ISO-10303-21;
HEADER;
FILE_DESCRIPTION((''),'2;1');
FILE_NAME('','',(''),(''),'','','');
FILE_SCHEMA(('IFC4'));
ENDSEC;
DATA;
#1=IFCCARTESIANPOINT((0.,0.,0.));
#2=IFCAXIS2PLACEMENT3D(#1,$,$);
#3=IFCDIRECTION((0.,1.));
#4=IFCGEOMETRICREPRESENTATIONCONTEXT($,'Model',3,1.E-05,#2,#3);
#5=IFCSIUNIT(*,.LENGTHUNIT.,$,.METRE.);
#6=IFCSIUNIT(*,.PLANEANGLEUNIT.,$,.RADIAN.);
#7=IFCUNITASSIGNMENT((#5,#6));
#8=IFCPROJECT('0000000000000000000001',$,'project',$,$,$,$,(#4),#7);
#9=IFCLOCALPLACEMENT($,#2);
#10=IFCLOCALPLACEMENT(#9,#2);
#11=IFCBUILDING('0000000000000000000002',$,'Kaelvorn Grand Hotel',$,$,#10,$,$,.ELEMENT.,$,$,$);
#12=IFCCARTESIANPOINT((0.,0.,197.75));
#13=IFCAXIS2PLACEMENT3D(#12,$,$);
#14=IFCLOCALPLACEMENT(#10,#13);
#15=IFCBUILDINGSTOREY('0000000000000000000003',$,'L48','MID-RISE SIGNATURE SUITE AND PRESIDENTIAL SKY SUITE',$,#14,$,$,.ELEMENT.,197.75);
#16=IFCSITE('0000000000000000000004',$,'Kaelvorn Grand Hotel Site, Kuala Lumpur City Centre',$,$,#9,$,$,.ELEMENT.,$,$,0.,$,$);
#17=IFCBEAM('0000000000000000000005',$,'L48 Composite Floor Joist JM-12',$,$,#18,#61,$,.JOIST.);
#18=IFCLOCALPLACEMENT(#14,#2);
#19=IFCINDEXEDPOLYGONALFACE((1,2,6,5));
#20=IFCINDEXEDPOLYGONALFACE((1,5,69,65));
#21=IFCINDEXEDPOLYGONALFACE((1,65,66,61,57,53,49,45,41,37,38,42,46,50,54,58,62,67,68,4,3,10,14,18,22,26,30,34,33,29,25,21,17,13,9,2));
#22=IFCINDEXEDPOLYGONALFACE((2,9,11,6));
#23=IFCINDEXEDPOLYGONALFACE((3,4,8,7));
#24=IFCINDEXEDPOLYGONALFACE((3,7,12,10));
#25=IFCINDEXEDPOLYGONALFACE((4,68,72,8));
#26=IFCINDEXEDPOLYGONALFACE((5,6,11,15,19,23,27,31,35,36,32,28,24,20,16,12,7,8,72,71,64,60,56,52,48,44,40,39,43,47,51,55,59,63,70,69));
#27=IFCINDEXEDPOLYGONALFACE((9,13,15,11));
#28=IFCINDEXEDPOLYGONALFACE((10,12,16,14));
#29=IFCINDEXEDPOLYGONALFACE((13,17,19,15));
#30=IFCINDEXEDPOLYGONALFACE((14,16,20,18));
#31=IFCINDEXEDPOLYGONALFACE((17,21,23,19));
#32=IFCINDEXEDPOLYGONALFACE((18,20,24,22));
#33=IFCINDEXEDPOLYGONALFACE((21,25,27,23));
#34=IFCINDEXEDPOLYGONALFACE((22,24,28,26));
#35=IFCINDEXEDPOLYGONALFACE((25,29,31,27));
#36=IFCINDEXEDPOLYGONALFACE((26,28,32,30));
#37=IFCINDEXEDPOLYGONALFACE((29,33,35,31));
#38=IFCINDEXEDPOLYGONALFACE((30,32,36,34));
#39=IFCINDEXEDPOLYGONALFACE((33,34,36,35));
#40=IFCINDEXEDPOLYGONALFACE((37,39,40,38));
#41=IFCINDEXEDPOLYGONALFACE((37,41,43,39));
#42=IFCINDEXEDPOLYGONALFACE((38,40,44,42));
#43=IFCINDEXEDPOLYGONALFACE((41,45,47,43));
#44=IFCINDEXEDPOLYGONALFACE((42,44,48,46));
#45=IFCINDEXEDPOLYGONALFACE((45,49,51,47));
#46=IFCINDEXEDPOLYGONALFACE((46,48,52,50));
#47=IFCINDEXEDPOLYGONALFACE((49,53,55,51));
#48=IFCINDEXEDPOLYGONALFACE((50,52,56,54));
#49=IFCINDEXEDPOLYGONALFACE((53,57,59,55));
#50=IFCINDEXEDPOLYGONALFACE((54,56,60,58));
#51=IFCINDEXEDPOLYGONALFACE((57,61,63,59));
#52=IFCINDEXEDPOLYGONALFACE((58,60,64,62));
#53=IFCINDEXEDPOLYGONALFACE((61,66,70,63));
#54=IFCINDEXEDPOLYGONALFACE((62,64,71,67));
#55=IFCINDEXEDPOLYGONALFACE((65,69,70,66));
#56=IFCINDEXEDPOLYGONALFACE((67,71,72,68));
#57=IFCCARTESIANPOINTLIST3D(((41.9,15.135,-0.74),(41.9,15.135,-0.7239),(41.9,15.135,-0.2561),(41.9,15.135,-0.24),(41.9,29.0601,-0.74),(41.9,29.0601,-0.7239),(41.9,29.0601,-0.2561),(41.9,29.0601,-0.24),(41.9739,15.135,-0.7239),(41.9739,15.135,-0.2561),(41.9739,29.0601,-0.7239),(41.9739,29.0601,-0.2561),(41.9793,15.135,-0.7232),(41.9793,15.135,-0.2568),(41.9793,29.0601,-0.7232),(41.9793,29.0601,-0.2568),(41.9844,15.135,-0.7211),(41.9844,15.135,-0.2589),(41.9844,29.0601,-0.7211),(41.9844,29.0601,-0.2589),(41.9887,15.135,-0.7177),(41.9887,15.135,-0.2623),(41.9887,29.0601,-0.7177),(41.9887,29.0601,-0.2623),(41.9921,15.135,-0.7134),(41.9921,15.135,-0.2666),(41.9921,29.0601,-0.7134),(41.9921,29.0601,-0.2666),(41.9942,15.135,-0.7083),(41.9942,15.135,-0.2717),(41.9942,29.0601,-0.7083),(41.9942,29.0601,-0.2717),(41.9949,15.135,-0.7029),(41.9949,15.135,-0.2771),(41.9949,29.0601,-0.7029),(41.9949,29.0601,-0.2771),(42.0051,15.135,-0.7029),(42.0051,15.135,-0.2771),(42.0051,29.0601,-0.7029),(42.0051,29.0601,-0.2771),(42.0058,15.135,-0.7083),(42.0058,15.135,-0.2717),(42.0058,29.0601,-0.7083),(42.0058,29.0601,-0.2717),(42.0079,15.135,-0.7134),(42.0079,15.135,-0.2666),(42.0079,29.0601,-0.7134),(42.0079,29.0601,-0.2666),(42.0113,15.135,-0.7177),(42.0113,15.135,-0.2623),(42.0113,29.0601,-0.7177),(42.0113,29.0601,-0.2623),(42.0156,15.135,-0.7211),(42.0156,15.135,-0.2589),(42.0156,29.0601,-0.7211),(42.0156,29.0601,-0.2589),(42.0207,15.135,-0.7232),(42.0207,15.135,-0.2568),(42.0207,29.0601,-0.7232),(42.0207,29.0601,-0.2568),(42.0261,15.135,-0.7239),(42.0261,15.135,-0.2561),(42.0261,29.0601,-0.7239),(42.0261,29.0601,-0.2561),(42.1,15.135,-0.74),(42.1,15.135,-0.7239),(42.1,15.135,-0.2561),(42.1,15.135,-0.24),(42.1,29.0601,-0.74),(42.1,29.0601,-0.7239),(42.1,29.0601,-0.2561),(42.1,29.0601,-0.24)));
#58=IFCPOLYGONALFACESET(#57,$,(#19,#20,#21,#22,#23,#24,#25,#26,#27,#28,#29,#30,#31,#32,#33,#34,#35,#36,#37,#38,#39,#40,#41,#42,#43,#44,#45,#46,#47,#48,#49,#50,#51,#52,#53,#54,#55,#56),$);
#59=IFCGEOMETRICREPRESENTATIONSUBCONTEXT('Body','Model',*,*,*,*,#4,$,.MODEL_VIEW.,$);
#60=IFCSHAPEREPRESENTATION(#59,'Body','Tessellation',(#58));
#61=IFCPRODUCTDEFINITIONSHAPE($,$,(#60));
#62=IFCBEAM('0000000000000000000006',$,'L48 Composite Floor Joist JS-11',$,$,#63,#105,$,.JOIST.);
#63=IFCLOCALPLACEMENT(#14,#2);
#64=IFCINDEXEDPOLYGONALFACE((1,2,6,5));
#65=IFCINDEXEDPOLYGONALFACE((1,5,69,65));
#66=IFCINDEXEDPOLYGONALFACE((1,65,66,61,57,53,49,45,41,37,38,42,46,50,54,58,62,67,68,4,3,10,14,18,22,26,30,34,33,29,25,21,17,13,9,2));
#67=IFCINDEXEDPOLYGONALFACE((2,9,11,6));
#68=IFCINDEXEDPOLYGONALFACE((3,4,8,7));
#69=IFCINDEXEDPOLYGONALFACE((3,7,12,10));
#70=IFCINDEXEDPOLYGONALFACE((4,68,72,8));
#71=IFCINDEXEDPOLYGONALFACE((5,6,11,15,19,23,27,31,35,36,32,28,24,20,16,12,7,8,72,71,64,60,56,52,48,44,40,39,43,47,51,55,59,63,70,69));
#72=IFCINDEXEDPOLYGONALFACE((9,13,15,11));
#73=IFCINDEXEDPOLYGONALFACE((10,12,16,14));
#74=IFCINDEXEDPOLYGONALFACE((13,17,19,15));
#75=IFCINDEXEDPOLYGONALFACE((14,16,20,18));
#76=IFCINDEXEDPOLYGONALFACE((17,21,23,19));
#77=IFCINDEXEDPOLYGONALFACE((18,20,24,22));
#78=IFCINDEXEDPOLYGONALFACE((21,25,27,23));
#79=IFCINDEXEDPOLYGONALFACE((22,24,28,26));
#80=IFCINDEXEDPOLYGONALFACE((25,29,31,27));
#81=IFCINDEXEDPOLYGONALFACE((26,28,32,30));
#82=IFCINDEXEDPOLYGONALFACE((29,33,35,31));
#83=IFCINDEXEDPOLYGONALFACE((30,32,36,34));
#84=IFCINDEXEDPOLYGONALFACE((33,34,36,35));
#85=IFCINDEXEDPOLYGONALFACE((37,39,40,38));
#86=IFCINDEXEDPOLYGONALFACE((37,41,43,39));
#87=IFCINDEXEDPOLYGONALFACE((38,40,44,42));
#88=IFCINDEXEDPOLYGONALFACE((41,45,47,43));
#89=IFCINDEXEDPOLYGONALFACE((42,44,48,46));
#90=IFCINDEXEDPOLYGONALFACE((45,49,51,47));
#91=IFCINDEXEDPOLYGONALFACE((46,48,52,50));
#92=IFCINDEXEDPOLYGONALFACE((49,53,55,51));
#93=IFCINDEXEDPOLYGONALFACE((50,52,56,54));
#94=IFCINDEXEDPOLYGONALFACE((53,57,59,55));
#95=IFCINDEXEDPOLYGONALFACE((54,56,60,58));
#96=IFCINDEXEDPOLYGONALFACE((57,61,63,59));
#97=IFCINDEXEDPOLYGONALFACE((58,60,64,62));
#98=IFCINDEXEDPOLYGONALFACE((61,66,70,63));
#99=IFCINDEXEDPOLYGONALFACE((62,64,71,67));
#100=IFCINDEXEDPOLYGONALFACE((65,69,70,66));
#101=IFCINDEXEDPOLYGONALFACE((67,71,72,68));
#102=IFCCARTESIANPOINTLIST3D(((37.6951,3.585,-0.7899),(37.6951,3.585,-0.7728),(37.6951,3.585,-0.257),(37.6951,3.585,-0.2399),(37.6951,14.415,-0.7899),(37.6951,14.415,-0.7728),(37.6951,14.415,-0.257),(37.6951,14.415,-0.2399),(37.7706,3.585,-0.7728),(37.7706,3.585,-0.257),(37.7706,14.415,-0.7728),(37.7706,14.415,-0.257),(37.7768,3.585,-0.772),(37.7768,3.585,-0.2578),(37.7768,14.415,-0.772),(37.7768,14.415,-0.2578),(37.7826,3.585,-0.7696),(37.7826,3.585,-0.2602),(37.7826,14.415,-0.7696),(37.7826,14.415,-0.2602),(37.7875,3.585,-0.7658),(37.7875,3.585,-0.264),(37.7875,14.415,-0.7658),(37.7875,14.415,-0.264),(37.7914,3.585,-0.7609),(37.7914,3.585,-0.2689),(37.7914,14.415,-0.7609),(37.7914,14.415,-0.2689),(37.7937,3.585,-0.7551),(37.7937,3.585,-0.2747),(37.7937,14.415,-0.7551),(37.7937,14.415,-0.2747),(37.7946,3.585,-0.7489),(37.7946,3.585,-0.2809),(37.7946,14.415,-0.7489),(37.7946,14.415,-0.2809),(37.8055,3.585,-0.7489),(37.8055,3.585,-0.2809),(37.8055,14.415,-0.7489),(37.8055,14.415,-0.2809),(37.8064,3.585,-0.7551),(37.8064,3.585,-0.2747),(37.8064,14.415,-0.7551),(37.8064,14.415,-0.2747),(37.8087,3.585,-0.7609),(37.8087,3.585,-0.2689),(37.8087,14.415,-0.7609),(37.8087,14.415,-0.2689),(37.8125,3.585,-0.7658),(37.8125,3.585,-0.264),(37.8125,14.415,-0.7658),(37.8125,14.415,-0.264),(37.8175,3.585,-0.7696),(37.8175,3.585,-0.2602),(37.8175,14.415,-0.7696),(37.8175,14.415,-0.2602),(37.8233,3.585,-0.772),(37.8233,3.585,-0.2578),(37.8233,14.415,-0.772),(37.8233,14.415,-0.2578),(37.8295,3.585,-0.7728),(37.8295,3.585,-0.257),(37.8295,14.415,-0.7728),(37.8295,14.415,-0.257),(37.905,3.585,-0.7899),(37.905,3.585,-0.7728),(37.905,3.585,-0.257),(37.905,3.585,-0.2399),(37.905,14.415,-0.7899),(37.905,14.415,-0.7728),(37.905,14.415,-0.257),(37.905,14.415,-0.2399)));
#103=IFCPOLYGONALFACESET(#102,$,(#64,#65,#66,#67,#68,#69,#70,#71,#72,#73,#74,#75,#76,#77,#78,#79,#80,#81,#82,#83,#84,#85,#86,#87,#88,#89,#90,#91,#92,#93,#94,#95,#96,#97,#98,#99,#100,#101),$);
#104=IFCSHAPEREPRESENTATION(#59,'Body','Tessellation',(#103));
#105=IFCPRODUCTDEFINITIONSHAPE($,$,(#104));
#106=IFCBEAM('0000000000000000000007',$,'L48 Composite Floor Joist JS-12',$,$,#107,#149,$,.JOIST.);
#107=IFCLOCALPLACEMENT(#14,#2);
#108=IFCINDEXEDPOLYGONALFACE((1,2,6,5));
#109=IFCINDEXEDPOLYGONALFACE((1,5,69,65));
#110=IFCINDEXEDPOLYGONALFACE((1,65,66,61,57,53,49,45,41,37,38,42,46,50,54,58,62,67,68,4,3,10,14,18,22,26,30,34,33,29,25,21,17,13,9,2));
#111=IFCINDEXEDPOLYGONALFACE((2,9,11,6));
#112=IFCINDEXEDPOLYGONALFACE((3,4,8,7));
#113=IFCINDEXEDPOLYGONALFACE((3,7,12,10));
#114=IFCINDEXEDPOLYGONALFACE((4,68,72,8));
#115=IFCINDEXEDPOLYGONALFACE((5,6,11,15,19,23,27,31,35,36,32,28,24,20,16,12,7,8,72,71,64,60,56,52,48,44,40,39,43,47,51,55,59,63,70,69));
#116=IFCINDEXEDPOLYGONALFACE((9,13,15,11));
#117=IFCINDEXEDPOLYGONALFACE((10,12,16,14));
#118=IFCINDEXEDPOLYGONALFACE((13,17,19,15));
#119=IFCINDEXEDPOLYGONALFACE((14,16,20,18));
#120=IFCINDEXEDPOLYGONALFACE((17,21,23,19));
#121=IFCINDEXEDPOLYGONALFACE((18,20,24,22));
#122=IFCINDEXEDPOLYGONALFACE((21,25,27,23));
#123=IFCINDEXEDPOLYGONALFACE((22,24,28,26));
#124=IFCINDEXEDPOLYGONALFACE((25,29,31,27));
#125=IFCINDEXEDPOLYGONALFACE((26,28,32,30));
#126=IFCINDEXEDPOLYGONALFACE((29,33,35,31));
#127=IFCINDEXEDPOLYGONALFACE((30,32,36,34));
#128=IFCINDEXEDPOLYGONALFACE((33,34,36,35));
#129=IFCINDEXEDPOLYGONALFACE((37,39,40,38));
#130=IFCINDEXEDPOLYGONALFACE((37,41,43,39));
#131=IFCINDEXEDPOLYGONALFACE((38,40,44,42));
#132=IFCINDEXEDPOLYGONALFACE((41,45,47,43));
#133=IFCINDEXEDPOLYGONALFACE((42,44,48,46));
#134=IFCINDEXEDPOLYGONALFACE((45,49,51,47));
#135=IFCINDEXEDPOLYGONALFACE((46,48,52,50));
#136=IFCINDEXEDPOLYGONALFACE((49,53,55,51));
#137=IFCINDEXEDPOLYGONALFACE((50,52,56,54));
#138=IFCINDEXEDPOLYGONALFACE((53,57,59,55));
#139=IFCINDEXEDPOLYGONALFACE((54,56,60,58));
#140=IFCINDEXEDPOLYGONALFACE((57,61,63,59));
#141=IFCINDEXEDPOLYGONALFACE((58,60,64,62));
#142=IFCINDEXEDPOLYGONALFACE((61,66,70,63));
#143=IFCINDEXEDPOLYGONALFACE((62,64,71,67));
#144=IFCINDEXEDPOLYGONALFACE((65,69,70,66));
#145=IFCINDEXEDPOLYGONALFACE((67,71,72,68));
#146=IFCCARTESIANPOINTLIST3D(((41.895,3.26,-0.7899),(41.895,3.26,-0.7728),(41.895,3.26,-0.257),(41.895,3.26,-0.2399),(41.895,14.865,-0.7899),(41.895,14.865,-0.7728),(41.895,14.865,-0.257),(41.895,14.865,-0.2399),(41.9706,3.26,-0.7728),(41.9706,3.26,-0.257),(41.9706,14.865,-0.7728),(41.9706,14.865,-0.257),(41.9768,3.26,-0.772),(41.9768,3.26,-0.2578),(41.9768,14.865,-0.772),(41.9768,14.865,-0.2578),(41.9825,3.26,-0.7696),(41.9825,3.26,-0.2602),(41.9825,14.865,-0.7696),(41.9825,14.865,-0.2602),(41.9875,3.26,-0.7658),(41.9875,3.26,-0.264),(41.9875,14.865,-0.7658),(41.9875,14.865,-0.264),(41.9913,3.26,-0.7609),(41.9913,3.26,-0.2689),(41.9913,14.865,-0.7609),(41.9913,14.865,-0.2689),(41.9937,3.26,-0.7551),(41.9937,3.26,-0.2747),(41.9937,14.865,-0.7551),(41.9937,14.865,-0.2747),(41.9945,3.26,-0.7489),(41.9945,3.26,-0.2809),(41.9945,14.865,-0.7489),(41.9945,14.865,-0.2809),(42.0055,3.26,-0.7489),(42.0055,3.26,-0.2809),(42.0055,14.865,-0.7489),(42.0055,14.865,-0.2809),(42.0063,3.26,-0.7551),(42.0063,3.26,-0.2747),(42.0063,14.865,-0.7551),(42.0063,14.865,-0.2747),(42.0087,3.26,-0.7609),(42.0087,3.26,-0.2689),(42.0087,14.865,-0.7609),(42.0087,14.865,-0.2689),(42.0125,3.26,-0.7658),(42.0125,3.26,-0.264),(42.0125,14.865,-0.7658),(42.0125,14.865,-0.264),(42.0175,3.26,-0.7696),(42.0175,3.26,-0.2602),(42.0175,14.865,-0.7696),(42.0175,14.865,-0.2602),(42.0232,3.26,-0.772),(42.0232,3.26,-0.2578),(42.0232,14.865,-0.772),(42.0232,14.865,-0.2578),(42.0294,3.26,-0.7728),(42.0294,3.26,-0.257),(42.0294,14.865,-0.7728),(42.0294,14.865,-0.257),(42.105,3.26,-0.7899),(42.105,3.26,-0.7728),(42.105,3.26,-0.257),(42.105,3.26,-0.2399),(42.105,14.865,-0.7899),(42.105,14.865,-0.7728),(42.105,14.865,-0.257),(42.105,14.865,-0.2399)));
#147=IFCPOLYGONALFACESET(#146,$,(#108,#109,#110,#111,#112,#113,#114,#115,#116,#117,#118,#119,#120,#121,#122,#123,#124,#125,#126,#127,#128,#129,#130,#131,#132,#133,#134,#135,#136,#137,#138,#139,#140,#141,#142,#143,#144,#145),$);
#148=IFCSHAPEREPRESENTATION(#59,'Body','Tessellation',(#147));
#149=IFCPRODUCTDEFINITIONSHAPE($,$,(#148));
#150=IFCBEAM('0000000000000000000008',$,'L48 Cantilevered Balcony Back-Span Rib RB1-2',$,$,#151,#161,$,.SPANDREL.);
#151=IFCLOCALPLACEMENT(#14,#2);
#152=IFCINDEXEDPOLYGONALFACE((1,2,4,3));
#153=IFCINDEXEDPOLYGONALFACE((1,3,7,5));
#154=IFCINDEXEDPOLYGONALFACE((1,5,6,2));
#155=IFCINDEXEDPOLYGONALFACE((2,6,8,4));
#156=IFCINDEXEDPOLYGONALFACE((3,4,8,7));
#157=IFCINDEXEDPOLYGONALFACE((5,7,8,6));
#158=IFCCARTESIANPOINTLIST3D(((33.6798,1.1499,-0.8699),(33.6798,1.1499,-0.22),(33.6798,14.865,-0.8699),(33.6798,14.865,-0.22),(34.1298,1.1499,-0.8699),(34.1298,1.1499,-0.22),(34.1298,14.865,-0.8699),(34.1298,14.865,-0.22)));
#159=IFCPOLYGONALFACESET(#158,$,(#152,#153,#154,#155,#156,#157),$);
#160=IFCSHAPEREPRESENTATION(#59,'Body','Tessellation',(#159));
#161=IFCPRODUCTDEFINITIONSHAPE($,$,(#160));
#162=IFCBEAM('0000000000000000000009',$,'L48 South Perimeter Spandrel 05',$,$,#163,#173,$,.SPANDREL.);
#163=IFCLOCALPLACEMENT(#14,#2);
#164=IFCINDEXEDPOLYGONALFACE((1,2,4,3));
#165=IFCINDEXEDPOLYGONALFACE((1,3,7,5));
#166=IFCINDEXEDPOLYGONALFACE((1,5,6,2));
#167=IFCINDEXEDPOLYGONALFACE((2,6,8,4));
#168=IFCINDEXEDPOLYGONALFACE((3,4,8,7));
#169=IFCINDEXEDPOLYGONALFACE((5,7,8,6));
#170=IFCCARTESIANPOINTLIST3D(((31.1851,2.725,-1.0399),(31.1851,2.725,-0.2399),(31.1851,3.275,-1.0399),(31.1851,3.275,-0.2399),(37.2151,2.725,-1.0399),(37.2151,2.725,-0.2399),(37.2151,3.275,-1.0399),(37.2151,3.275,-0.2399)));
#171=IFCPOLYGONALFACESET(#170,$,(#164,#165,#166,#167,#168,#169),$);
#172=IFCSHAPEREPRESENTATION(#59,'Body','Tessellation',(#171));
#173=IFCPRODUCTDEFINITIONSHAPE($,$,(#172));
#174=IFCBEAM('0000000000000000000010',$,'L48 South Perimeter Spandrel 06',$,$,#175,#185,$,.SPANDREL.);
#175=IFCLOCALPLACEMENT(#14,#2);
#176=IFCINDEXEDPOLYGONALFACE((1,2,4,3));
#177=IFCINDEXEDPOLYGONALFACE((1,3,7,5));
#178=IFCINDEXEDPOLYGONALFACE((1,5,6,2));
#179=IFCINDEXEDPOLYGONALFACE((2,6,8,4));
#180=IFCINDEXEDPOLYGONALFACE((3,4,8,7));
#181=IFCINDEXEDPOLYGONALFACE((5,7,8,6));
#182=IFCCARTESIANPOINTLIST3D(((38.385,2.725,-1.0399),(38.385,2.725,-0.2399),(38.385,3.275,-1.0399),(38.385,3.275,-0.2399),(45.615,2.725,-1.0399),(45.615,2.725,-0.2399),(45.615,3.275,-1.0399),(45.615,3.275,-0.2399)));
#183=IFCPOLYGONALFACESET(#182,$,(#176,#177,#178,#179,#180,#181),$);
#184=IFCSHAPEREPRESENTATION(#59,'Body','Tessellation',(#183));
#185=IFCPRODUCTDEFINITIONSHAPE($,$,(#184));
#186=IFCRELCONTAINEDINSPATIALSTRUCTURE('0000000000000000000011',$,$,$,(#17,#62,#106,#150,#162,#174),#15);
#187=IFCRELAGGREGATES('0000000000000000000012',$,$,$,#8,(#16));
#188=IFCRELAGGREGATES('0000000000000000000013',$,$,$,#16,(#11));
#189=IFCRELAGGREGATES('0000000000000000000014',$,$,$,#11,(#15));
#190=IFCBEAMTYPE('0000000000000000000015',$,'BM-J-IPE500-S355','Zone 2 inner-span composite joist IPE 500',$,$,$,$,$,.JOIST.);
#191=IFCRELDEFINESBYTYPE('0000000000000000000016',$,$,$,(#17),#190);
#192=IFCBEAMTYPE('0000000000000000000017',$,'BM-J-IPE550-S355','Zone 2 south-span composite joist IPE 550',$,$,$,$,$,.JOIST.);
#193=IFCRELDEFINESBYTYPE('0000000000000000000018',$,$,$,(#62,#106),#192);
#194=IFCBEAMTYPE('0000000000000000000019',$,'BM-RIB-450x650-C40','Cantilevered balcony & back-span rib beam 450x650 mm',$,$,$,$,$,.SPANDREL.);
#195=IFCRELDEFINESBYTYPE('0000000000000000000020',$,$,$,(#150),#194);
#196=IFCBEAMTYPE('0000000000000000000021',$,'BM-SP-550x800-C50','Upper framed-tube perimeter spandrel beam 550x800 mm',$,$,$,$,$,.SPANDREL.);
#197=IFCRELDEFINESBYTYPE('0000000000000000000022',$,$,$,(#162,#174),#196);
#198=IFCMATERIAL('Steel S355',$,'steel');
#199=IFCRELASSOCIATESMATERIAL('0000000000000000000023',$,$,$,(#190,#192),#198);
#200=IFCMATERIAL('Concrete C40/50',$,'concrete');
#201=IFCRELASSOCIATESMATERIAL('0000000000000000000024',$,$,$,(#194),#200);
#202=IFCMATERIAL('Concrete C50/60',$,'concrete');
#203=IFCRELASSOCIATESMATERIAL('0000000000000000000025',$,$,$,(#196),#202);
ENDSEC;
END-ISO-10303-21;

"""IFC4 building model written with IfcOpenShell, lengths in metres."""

from ifc_helpers import new_model, si_unit, direction, frame, origin, origin_2d, place, context, subcontext, project, spatial, rectangle, i_section, extrude, material, material_profile, profile_set, type_object, element, save


model = new_model("IFC4")

# Units and contexts
model_context = context("Model", 3, precision=1e-05, world=origin(), true_north=direction((0.0, 1.0)))
body_context = subcontext(model_context, "Body", "Model", "MODEL_VIEW")
ifc_project = project(units=[si_unit("LENGTHUNIT", "METRE"), si_unit("PLANEANGLEUNIT", "RADIAN")], contexts=[model_context])

# Site, building, storey
site_placement = place(None, origin())
site = spatial("IfcSite", under=ifc_project, at=site_placement, Name="Kaelvorn Grand Hotel Site, Kuala Lumpur City Centre", CompositionType="ELEMENT", RefElevation=0.0)
building_placement = place(site_placement, origin())
building = spatial("IfcBuilding", under=site, at=building_placement, Name="Kaelvorn Grand Hotel", CompositionType="ELEMENT")
storey_placement = place(building_placement, frame((0.0, 0.0, 197.75)))
storey = spatial("IfcBuildingStorey", under=building, at=storey_placement, Name="L48", Description="MID-RISE SIGNATURE SUITE AND PRESIDENTIAL SKY SUITE", CompositionType="ELEMENT", Elevation=197.75)

# Beams
ifc_material_1 = material(Name="Steel S355", Category="steel")
ifc_material_profile_1 = material_profile(ifc_material_1, i_section(OverallWidth=0.2, OverallDepth=0.5, WebThickness=0.0103, FlangeThickness=0.0161, FilletRadius=0.021, at=origin_2d()), Name="IPE 500")
ifc_profile_set_1 = profile_set([ifc_material_profile_1], Name="Steel S355")
beam_type_1 = type_object("IfcBeamType", Name="BM-J-IPE500-S355", Description="Zone 2 inner-span composite joist IPE 500", PredefinedType="JOIST", material=ifc_profile_set_1)
beam_1_placement = place(storey_placement, frame((42.0, 15.135, -0.49), z_axis=(0.0, 1.0, 0.0), x_axis=(-1.0, 0.0, 0.0)))
element("IfcBeam", 1, at=beam_1_placement, inside=storey, type_object=beam_type_1, Name="L48 Composite Floor Joist JM-12", PredefinedType="JOIST", context=body_context, shape_type="SweptSolid", body=[
    extrude(i_section(OverallWidth=0.2, OverallDepth=0.5, WebThickness=0.0103, FlangeThickness=0.0161, FilletRadius=0.021, at=origin_2d()), origin(), (0.0, 0.0, 1.0), 13.925),
])
ifc_material_profile_2 = material_profile(ifc_material_1, i_section(OverallWidth=0.21, OverallDepth=0.55, WebThickness=0.011, FlangeThickness=0.0171, FilletRadius=0.0239, at=origin_2d()), Name="IPE 550")
ifc_profile_set_2 = profile_set([ifc_material_profile_2], Name="Steel S355")
beam_type_2 = type_object("IfcBeamType", Name="BM-J-IPE550-S355", Description="Zone 2 south-span composite joist IPE 550", PredefinedType="JOIST", material=ifc_profile_set_2)
beam_2_placement = place(storey_placement, frame((37.8, 3.585, -0.5149), z_axis=(0.0, 1.0, 0.0), x_axis=(-1.0, 0.0, 0.0)))
element("IfcBeam", 2, at=beam_2_placement, inside=storey, type_object=beam_type_2, Name="L48 Composite Floor Joist JS-11", PredefinedType="JOIST", context=body_context, shape_type="SweptSolid", body=[
    extrude(i_section(OverallWidth=0.21, OverallDepth=0.55, WebThickness=0.011, FlangeThickness=0.0171, FilletRadius=0.0239, at=origin_2d()), origin(), (0.0, 0.0, 1.0), 10.8301),
])
beam_3_placement = place(storey_placement, frame((42.0, 3.26, -0.5149), z_axis=(0.0, 1.0, 0.0), x_axis=(-1.0, 0.0, 0.0)))
element("IfcBeam", 3, at=beam_3_placement, inside=storey, type_object=beam_type_2, Name="L48 Composite Floor Joist JS-12", PredefinedType="JOIST", context=body_context, shape_type="SweptSolid", body=[
    extrude(i_section(OverallWidth=0.21, OverallDepth=0.55, WebThickness=0.011, FlangeThickness=0.0171, FilletRadius=0.0239, at=origin_2d()), origin(), (0.0, 0.0, 1.0), 11.605),
])
ifc_material_2 = material(Name="Concrete C40/50", Category="concrete")
ifc_material_profile_3 = material_profile(ifc_material_2, rectangle(XDim=0.45, YDim=0.6499, at=origin_2d()), Name="RC RIB 450x650")
ifc_profile_set_3 = profile_set([ifc_material_profile_3], Name="Concrete C40/50")
beam_type_3 = type_object("IfcBeamType", Name="BM-RIB-450x650-C40", Description="Cantilevered balcony & back-span rib beam 450x650 mm", PredefinedType="SPANDREL", material=ifc_profile_set_3)
beam_4_placement = place(storey_placement, frame((33.9048, 1.1499, -0.5449), z_axis=(0.0, 1.0, 0.0), x_axis=(-1.0, 0.0, 0.0)))
element("IfcBeam", 4, at=beam_4_placement, inside=storey, type_object=beam_type_3, Name="L48 Cantilevered Balcony Back-Span Rib RB1-2", PredefinedType="SPANDREL", context=body_context, shape_type="SweptSolid", body=[
    extrude(rectangle(XDim=0.45, YDim=0.6499, at=origin_2d()), origin(), (0.0, 0.0, 1.0), 13.7151),
])
ifc_material_3 = material(Name="Concrete C50/60", Category="concrete")
ifc_material_profile_4 = material_profile(ifc_material_3, rectangle(XDim=0.55, YDim=0.8, at=origin_2d()), Name="RC SPANDREL 550x800")
ifc_profile_set_4 = profile_set([ifc_material_profile_4], Name="Concrete C50/60")
beam_type_4 = type_object("IfcBeamType", Name="BM-SP-550x800-C50", Description="Upper framed-tube perimeter spandrel beam 550x800 mm", PredefinedType="SPANDREL", material=ifc_profile_set_4)
beam_5_placement = place(storey_placement, frame((31.1851, 3.0, -0.6399), z_axis=(1.0, 0.0, 0.0), x_axis=(0.0, 1.0, 0.0)))
element("IfcBeam", 5, at=beam_5_placement, inside=storey, type_object=beam_type_4, Name="L48 South Perimeter Spandrel 05", PredefinedType="SPANDREL", context=body_context, shape_type="SweptSolid", body=[
    extrude(rectangle(XDim=0.55, YDim=0.8, at=origin_2d()), origin(), (0.0, 0.0, 1.0), 6.03),
])
beam_6_placement = place(storey_placement, frame((38.385, 3.0, -0.6399), z_axis=(1.0, 0.0, 0.0), x_axis=(0.0, 1.0, 0.0)))
element("IfcBeam", 6, at=beam_6_placement, inside=storey, type_object=beam_type_4, Name="L48 South Perimeter Spandrel 06", PredefinedType="SPANDREL", context=body_context, shape_type="SweptSolid", body=[
    extrude(rectangle(XDim=0.55, YDim=0.8, at=origin_2d()), origin(), (0.0, 0.0, 1.0), 7.23),
])

save(model, "model.ifc")
